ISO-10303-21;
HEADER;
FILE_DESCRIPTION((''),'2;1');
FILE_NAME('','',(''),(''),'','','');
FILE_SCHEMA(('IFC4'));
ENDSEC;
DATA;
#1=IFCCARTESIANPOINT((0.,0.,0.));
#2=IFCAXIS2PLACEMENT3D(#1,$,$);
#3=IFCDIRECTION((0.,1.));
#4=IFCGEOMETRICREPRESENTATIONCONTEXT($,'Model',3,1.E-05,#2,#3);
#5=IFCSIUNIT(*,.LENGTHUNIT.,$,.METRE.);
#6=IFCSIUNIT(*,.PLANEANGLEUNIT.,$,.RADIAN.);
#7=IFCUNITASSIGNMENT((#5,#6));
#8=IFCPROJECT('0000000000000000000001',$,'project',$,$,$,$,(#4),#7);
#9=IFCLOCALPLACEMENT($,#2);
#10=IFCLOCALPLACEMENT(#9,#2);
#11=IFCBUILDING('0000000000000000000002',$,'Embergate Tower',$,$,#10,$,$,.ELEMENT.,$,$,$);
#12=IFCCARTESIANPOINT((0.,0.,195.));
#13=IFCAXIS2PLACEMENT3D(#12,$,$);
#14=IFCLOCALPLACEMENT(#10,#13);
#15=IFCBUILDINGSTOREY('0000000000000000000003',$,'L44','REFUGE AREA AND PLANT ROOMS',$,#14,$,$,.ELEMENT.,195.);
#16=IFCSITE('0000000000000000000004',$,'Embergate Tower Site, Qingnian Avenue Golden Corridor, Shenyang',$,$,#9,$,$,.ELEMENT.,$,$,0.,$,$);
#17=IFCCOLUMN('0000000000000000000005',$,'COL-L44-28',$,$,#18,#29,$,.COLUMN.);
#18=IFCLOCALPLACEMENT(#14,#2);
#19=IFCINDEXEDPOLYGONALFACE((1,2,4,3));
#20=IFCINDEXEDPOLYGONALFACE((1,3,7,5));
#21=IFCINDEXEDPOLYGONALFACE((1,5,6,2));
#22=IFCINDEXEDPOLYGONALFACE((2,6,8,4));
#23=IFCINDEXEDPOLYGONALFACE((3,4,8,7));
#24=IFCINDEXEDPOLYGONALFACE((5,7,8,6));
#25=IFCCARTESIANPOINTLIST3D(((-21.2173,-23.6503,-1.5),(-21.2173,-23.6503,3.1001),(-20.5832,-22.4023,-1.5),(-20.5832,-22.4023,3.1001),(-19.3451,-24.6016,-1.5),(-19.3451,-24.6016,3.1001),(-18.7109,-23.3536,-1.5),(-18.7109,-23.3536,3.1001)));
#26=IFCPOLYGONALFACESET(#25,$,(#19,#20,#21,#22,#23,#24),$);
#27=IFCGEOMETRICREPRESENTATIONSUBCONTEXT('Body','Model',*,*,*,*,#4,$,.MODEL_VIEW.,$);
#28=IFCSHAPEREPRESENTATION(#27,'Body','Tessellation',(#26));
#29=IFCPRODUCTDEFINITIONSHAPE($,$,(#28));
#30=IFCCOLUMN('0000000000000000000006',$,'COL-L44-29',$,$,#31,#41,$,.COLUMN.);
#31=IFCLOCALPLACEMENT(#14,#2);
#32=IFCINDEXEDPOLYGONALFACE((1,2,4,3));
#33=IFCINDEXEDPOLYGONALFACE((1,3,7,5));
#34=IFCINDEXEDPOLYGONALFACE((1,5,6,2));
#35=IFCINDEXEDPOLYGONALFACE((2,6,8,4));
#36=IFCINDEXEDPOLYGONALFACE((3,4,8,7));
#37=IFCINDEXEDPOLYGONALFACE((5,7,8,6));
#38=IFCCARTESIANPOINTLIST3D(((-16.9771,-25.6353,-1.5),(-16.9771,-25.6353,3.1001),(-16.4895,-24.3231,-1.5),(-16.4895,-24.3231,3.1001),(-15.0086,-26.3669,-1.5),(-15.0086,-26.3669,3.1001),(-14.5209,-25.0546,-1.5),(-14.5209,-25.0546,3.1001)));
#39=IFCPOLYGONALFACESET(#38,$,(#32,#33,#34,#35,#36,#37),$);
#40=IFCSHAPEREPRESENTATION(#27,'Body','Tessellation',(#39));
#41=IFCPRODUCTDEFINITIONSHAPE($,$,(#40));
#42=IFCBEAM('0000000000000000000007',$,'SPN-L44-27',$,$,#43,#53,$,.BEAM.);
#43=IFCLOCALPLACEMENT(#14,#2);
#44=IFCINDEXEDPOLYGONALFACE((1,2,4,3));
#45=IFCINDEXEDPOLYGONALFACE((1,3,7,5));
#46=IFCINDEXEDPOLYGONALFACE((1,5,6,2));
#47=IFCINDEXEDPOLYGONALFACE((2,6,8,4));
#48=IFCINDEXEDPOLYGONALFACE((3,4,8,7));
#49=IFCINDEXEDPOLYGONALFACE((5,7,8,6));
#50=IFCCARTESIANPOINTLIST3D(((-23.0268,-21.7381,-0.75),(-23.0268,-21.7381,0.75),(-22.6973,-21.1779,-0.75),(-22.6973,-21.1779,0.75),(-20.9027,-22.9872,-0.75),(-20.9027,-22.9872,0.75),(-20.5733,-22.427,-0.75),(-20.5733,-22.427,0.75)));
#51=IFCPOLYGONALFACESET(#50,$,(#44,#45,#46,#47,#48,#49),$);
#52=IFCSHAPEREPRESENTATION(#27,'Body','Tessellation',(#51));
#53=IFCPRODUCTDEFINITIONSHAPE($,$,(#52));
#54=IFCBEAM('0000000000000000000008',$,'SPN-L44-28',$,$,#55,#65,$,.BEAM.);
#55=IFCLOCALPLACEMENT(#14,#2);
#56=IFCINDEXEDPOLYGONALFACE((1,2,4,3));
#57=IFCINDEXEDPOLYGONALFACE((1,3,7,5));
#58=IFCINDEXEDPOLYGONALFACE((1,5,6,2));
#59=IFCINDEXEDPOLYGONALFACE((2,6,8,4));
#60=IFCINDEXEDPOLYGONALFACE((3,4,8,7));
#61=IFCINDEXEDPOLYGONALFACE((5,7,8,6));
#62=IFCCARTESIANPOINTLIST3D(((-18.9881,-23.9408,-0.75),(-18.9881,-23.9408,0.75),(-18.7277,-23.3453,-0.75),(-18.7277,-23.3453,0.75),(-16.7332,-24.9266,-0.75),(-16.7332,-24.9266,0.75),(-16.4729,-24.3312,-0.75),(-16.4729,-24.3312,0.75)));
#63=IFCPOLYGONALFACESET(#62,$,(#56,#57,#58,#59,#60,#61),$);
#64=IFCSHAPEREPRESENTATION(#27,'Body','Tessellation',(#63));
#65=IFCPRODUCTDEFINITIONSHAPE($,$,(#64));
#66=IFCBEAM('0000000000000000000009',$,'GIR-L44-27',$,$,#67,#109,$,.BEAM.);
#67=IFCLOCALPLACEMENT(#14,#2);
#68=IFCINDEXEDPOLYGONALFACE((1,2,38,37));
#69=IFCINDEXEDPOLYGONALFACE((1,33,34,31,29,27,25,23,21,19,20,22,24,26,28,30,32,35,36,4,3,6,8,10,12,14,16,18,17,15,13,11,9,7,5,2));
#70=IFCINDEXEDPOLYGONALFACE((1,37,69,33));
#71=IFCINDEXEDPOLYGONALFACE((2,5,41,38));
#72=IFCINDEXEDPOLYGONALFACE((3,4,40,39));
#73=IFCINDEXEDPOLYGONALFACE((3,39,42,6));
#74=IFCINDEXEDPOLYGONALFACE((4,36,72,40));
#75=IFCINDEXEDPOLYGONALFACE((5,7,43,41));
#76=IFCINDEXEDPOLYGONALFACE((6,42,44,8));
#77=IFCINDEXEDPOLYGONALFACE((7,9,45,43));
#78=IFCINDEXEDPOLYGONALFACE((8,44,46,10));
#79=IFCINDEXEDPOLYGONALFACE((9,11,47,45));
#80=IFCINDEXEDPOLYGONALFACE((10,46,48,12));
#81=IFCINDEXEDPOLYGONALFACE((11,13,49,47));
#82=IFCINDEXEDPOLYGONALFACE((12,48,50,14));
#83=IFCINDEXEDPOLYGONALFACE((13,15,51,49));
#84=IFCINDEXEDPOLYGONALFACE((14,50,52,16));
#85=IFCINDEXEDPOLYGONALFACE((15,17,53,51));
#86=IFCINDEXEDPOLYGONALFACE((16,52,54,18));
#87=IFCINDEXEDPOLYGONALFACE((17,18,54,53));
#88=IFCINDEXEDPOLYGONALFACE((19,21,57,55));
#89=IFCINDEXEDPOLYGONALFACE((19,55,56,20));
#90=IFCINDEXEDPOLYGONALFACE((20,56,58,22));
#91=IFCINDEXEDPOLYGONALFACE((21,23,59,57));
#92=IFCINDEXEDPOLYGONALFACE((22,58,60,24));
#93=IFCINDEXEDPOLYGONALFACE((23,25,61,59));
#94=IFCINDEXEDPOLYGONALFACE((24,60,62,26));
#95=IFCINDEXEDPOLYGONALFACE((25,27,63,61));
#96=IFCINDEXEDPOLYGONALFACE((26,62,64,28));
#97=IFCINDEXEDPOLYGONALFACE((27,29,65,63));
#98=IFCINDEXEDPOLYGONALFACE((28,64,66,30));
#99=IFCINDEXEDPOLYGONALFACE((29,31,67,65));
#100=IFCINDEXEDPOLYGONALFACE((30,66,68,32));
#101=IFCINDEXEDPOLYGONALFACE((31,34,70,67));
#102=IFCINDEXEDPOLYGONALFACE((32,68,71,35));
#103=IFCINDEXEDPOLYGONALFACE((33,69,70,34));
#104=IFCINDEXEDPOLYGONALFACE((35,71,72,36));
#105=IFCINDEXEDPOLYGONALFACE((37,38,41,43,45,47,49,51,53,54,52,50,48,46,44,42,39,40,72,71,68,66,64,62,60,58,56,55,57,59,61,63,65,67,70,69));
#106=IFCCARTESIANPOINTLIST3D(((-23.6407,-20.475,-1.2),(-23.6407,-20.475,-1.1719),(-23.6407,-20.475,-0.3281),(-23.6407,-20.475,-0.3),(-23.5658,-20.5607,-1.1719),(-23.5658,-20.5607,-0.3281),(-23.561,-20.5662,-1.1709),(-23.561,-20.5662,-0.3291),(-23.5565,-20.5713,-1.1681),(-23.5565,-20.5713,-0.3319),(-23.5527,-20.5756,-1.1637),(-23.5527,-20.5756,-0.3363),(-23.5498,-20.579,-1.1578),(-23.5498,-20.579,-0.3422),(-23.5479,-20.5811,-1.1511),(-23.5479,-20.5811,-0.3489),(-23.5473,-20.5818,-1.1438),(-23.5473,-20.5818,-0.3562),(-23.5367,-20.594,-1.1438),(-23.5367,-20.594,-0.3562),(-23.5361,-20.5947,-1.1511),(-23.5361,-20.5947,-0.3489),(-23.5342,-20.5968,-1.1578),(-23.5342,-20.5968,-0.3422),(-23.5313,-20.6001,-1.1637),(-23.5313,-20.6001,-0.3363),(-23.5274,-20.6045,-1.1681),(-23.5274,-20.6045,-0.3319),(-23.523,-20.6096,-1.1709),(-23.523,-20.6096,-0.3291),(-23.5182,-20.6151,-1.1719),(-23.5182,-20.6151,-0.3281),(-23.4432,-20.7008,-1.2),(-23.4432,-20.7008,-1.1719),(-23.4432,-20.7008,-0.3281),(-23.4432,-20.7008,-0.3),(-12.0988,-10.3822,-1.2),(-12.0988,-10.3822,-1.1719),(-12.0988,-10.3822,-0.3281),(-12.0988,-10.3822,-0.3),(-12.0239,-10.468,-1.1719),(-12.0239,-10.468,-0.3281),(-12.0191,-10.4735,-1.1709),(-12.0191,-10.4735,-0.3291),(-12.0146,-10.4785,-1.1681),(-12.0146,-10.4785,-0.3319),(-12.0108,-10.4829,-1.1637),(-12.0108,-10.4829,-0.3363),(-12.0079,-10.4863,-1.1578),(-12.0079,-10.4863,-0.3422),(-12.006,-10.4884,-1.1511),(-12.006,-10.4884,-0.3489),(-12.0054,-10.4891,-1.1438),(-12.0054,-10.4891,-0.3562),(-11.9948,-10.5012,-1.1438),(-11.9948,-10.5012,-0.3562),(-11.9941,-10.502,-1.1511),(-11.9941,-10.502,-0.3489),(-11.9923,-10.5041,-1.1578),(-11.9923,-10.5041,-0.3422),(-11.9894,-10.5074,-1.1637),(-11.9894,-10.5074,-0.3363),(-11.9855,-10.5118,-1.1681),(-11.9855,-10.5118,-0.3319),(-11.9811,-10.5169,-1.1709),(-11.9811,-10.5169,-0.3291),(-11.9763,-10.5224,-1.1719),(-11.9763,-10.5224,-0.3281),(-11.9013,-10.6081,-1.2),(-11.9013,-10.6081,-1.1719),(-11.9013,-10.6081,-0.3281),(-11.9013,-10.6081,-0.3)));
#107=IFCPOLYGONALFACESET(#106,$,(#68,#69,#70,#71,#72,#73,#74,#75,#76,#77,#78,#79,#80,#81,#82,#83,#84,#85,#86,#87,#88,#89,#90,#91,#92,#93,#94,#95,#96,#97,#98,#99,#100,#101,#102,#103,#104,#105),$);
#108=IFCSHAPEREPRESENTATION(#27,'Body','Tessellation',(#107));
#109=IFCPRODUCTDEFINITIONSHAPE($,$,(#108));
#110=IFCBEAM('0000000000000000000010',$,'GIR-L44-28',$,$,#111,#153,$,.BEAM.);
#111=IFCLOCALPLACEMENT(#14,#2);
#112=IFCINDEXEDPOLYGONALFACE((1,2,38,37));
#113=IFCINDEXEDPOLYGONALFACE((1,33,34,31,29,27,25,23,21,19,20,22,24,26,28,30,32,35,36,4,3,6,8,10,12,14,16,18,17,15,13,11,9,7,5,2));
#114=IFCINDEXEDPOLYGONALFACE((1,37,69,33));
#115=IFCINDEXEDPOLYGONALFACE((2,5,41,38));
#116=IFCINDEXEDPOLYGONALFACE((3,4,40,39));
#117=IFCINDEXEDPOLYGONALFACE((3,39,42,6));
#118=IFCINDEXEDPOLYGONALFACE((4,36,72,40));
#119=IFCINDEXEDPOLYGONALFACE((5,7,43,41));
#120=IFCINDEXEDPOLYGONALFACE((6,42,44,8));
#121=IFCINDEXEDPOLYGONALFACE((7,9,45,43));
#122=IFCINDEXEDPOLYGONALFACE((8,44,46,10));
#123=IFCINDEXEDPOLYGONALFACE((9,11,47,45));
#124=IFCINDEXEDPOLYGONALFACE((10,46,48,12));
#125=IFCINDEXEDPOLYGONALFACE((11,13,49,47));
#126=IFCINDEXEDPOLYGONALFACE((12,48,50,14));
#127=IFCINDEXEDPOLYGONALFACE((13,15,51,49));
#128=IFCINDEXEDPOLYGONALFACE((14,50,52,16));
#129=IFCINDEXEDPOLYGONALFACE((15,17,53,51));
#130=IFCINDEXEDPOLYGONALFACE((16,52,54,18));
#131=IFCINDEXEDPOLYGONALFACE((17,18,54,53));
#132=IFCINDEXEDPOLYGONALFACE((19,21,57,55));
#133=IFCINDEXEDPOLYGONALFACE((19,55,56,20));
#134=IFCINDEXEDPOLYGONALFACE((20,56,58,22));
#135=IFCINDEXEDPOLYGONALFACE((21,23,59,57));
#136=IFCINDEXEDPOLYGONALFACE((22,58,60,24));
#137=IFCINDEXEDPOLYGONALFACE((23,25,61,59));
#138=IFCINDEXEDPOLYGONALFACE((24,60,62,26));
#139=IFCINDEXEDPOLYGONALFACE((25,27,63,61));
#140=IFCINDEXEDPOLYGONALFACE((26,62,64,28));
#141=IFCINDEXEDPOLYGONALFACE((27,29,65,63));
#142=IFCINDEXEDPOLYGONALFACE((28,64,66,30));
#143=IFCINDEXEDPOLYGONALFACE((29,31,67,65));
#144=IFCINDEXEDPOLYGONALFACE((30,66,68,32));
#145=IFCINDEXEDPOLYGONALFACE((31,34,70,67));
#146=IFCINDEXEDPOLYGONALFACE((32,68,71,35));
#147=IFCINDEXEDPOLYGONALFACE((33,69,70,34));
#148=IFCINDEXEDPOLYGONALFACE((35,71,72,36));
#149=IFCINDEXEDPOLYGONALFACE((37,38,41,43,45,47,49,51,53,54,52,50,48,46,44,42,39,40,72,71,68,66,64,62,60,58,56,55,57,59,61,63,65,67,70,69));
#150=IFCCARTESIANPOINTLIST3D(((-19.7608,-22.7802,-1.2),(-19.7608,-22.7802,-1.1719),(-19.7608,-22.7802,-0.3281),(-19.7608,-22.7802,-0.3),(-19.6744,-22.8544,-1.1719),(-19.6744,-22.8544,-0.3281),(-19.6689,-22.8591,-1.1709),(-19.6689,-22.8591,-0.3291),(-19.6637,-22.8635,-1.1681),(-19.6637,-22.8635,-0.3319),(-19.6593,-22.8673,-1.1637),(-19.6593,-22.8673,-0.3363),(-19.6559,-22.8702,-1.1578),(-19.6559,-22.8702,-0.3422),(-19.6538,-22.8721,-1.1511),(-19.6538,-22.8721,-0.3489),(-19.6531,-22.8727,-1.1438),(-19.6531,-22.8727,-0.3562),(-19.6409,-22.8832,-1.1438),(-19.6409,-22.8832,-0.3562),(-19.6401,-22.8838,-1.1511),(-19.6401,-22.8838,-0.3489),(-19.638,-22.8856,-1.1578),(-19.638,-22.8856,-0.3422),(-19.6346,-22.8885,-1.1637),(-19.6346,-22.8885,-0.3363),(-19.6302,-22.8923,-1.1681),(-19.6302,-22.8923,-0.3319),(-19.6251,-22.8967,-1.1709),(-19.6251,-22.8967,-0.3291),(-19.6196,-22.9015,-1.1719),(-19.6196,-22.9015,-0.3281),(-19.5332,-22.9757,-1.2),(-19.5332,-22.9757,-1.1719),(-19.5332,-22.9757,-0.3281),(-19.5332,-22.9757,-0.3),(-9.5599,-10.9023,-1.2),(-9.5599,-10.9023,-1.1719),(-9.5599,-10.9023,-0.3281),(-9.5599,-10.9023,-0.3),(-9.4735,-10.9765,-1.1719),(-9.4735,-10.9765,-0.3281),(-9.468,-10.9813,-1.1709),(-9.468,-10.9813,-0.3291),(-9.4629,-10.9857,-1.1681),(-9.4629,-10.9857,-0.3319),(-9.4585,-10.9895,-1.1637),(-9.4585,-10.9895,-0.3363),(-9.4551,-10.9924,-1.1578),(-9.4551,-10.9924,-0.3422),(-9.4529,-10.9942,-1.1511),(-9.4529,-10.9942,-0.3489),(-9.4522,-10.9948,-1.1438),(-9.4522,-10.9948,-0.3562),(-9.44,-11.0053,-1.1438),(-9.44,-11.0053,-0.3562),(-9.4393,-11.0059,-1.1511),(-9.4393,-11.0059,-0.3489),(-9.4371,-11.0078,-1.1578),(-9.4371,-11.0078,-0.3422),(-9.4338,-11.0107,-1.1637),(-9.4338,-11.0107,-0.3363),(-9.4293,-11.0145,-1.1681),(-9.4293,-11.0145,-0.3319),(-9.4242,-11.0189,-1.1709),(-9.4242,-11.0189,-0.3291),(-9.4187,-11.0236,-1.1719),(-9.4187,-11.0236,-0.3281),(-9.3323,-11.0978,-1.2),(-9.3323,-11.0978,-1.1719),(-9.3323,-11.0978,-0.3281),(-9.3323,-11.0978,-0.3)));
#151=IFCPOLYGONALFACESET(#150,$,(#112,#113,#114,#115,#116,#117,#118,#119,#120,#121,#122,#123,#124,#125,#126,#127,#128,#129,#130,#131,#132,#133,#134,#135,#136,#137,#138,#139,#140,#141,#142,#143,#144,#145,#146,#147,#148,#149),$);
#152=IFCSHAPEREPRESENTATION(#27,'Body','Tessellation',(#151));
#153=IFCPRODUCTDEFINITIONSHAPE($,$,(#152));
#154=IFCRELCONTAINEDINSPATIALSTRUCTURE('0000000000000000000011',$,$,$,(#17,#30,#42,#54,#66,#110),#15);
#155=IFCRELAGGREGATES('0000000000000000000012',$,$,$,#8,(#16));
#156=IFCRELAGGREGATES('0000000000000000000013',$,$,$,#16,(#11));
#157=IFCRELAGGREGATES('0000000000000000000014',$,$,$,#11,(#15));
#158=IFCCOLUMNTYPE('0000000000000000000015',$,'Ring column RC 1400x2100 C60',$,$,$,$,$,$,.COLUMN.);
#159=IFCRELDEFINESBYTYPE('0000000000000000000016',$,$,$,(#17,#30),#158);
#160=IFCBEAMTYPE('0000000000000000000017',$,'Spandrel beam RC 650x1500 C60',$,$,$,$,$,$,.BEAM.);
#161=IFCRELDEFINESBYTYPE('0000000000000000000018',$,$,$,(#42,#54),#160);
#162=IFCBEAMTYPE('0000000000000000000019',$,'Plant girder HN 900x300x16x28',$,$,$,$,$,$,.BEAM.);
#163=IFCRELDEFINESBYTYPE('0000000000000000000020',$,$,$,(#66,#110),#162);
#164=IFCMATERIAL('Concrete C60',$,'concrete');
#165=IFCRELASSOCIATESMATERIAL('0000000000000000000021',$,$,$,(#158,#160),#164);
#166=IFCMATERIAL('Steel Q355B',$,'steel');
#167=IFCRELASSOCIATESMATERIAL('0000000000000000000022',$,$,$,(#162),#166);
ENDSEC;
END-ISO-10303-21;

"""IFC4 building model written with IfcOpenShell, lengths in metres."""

from ifc_helpers import new_model, si_unit, direction, frame, origin, origin_2d, place, context, subcontext, project, spatial, rectangle, i_section, extrude, source, transform, mapped, material, material_profile, profile_set, type_object, element, save


model = new_model("IFC4")

# Units and contexts
model_context = context("Model", 3, precision=1e-05, world=origin(), true_north=direction((0.0, 1.0)))
body_context = subcontext(model_context, "Body", "Model", "MODEL_VIEW")
ifc_project = project(units=[si_unit("LENGTHUNIT", "METRE"), si_unit("PLANEANGLEUNIT", "RADIAN")], contexts=[model_context])

# Site, building, storey
site_placement = place(None, origin())
site = spatial("IfcSite", under=ifc_project, at=site_placement, Name="Embergate Tower Site, Qingnian Avenue Golden Corridor, Shenyang", CompositionType="ELEMENT", RefElevation=0.0)
building_placement = place(site_placement, origin())
building = spatial("IfcBuilding", under=site, at=building_placement, Name="Embergate Tower", CompositionType="ELEMENT")
storey_placement = place(building_placement, frame((0.0, 0.0, 195.0)))
storey = spatial("IfcBuildingStorey", under=building, at=storey_placement, Name="L44", Description="REFUGE AREA AND PLANT ROOMS", CompositionType="ELEMENT", Elevation=195.0)

# Columns
ifc_material_1 = material(Name="Concrete C60", Category="concrete")
ifc_material_profile_1 = material_profile(ifc_material_1, rectangle(XDim=1.3999, YDim=2.1001, at=origin_2d()), Name="RC 1400x2100")
ifc_profile_set_1 = profile_set([ifc_material_profile_1], Name="Concrete C60")
column_type = type_object("IfcColumnType", Name="Ring column RC 1400x2100 C60", PredefinedType="COLUMN", material=ifc_profile_set_1)
shared_shape_1 = source(origin(), body_context, "Body", "SweptSolid", [
    extrude(rectangle(XDim=1.3999, YDim=2.1001, at=origin_2d()), origin(), (0.0, 0.0, 1.0), 4.6001),
])
for number, where, z_axis, x_axis, name in (
    (1, (-19.9641, -23.502, -1.5), (0.0, 0.0, 1.0), (-0.452995, -0.891513, 0.0), "COL-L44-28"),
    (2, (-15.749, -25.345, -1.5), (0.0, 0.0, 1.0), (-0.348343, -0.937367, 0.0), "COL-L44-29"),
):
    element("IfcColumn", number, at=place(storey_placement, frame(where, z_axis=z_axis, x_axis=x_axis)), inside=storey, type_object=column_type, Name=name, PredefinedType="COLUMN", context=body_context, shape_type="MappedRepresentation", body=[
        mapped(shared_shape_1, transform((0.0, 0.0, 0.0))),
    ])

# Beams
ifc_material_profile_2 = material_profile(ifc_material_1, rectangle(XDim=0.6499, YDim=1.5, at=origin_2d()), Name="RC 650x1500")
ifc_profile_set_2 = profile_set([ifc_material_profile_2], Name="Concrete C60")
beam_type_1 = type_object("IfcBeamType", Name="Spandrel beam RC 650x1500 C60", PredefinedType="BEAM", material=ifc_profile_set_2)
shared_shape_2 = source(origin(), body_context, "Body", "SweptSolid", [
    extrude(rectangle(XDim=0.6499, YDim=1.5, at=origin_2d()), origin(), (0.0, 0.0, 1.0), 2.4641),
])
beam_1_placement = place(storey_placement, frame((-22.8621, -21.458, 0.0), z_axis=(0.862006, -0.506899, 0.0), x_axis=(0.506899, 0.862006, 0.0)))
element("IfcBeam", 3, at=beam_1_placement, inside=storey, type_object=beam_type_1, Name="SPN-L44-27", PredefinedType="BEAM", context=body_context, shape_type="MappedRepresentation", body=[
    mapped(shared_shape_2, transform((0.0, 0.0, 0.0))),
])
shared_shape_3 = source(origin(), body_context, "Body", "SweptSolid", [
    extrude(rectangle(XDim=0.6499, YDim=1.5, at=origin_2d()), origin(), (0.0, 0.0, 1.0), 2.4609),
])
beam_2_placement = place(storey_placement, frame((-18.8579, -23.6431, 0.0), z_axis=(0.916257, -0.40059, 0.0), x_axis=(0.40059, 0.916257, 0.0)))
element("IfcBeam", 4, at=beam_2_placement, inside=storey, type_object=beam_type_1, Name="SPN-L44-28", PredefinedType="BEAM", context=body_context, shape_type="MappedRepresentation", body=[
    mapped(shared_shape_3, transform((0.0, 0.0, 0.0))),
])
ifc_material_2 = material(Name="Steel Q355B", Category="steel")
ifc_material_profile_3 = material_profile(ifc_material_2, i_section(OverallWidth=0.3, OverallDepth=0.8999, WebThickness=0.0161, FlangeThickness=0.0281, FilletRadius=0.0281, at=origin_2d()), Name="HN 900x300x16x28")
ifc_profile_set_3 = profile_set([ifc_material_profile_3], Name="Steel Q355 grade B")
beam_type_2 = type_object("IfcBeamType", Name="Plant girder HN 900x300x16x28", PredefinedType="BEAM", material=ifc_profile_set_3)
shared_shape_4 = source(origin(), body_context, "Body", "SweptSolid", [
    extrude(i_section(OverallWidth=0.3, OverallDepth=0.8999, WebThickness=0.0161, FlangeThickness=0.0281, FilletRadius=0.0281, at=origin_2d()), origin(), (0.0, 0.0, 1.0), 15.3323),
])
beam_3_placement = place(storey_placement, frame((-23.542, -20.5879, -0.75), z_axis=(0.752786, 0.658266, 0.0), x_axis=(-0.658266, 0.752786, 0.0)))
element("IfcBeam", 5, at=beam_3_placement, inside=storey, type_object=beam_type_2, Name="GIR-L44-27", PredefinedType="BEAM", context=body_context, shape_type="MappedRepresentation", body=[
    mapped(shared_shape_4, transform((0.0, 0.0, 0.0))),
])
shared_shape_5 = source(origin(), body_context, "Body", "SweptSolid", [
    extrude(i_section(OverallWidth=0.3, OverallDepth=0.8999, WebThickness=0.0161, FlangeThickness=0.0281, FilletRadius=0.0281, at=origin_2d()), origin(), (0.0, 0.0, 1.0), 15.657),
])
beam_4_placement = place(storey_placement, frame((-19.647, -22.8779, -0.75), z_axis=(0.651522, 0.75863, 0.0), x_axis=(-0.75863, 0.651522, 0.0)))
element("IfcBeam", 6, at=beam_4_placement, inside=storey, type_object=beam_type_2, Name="GIR-L44-28", PredefinedType="BEAM", context=body_context, shape_type="MappedRepresentation", body=[
    mapped(shared_shape_5, transform((0.0, 0.0, 0.0))),
])

save(model, "model.ifc")
